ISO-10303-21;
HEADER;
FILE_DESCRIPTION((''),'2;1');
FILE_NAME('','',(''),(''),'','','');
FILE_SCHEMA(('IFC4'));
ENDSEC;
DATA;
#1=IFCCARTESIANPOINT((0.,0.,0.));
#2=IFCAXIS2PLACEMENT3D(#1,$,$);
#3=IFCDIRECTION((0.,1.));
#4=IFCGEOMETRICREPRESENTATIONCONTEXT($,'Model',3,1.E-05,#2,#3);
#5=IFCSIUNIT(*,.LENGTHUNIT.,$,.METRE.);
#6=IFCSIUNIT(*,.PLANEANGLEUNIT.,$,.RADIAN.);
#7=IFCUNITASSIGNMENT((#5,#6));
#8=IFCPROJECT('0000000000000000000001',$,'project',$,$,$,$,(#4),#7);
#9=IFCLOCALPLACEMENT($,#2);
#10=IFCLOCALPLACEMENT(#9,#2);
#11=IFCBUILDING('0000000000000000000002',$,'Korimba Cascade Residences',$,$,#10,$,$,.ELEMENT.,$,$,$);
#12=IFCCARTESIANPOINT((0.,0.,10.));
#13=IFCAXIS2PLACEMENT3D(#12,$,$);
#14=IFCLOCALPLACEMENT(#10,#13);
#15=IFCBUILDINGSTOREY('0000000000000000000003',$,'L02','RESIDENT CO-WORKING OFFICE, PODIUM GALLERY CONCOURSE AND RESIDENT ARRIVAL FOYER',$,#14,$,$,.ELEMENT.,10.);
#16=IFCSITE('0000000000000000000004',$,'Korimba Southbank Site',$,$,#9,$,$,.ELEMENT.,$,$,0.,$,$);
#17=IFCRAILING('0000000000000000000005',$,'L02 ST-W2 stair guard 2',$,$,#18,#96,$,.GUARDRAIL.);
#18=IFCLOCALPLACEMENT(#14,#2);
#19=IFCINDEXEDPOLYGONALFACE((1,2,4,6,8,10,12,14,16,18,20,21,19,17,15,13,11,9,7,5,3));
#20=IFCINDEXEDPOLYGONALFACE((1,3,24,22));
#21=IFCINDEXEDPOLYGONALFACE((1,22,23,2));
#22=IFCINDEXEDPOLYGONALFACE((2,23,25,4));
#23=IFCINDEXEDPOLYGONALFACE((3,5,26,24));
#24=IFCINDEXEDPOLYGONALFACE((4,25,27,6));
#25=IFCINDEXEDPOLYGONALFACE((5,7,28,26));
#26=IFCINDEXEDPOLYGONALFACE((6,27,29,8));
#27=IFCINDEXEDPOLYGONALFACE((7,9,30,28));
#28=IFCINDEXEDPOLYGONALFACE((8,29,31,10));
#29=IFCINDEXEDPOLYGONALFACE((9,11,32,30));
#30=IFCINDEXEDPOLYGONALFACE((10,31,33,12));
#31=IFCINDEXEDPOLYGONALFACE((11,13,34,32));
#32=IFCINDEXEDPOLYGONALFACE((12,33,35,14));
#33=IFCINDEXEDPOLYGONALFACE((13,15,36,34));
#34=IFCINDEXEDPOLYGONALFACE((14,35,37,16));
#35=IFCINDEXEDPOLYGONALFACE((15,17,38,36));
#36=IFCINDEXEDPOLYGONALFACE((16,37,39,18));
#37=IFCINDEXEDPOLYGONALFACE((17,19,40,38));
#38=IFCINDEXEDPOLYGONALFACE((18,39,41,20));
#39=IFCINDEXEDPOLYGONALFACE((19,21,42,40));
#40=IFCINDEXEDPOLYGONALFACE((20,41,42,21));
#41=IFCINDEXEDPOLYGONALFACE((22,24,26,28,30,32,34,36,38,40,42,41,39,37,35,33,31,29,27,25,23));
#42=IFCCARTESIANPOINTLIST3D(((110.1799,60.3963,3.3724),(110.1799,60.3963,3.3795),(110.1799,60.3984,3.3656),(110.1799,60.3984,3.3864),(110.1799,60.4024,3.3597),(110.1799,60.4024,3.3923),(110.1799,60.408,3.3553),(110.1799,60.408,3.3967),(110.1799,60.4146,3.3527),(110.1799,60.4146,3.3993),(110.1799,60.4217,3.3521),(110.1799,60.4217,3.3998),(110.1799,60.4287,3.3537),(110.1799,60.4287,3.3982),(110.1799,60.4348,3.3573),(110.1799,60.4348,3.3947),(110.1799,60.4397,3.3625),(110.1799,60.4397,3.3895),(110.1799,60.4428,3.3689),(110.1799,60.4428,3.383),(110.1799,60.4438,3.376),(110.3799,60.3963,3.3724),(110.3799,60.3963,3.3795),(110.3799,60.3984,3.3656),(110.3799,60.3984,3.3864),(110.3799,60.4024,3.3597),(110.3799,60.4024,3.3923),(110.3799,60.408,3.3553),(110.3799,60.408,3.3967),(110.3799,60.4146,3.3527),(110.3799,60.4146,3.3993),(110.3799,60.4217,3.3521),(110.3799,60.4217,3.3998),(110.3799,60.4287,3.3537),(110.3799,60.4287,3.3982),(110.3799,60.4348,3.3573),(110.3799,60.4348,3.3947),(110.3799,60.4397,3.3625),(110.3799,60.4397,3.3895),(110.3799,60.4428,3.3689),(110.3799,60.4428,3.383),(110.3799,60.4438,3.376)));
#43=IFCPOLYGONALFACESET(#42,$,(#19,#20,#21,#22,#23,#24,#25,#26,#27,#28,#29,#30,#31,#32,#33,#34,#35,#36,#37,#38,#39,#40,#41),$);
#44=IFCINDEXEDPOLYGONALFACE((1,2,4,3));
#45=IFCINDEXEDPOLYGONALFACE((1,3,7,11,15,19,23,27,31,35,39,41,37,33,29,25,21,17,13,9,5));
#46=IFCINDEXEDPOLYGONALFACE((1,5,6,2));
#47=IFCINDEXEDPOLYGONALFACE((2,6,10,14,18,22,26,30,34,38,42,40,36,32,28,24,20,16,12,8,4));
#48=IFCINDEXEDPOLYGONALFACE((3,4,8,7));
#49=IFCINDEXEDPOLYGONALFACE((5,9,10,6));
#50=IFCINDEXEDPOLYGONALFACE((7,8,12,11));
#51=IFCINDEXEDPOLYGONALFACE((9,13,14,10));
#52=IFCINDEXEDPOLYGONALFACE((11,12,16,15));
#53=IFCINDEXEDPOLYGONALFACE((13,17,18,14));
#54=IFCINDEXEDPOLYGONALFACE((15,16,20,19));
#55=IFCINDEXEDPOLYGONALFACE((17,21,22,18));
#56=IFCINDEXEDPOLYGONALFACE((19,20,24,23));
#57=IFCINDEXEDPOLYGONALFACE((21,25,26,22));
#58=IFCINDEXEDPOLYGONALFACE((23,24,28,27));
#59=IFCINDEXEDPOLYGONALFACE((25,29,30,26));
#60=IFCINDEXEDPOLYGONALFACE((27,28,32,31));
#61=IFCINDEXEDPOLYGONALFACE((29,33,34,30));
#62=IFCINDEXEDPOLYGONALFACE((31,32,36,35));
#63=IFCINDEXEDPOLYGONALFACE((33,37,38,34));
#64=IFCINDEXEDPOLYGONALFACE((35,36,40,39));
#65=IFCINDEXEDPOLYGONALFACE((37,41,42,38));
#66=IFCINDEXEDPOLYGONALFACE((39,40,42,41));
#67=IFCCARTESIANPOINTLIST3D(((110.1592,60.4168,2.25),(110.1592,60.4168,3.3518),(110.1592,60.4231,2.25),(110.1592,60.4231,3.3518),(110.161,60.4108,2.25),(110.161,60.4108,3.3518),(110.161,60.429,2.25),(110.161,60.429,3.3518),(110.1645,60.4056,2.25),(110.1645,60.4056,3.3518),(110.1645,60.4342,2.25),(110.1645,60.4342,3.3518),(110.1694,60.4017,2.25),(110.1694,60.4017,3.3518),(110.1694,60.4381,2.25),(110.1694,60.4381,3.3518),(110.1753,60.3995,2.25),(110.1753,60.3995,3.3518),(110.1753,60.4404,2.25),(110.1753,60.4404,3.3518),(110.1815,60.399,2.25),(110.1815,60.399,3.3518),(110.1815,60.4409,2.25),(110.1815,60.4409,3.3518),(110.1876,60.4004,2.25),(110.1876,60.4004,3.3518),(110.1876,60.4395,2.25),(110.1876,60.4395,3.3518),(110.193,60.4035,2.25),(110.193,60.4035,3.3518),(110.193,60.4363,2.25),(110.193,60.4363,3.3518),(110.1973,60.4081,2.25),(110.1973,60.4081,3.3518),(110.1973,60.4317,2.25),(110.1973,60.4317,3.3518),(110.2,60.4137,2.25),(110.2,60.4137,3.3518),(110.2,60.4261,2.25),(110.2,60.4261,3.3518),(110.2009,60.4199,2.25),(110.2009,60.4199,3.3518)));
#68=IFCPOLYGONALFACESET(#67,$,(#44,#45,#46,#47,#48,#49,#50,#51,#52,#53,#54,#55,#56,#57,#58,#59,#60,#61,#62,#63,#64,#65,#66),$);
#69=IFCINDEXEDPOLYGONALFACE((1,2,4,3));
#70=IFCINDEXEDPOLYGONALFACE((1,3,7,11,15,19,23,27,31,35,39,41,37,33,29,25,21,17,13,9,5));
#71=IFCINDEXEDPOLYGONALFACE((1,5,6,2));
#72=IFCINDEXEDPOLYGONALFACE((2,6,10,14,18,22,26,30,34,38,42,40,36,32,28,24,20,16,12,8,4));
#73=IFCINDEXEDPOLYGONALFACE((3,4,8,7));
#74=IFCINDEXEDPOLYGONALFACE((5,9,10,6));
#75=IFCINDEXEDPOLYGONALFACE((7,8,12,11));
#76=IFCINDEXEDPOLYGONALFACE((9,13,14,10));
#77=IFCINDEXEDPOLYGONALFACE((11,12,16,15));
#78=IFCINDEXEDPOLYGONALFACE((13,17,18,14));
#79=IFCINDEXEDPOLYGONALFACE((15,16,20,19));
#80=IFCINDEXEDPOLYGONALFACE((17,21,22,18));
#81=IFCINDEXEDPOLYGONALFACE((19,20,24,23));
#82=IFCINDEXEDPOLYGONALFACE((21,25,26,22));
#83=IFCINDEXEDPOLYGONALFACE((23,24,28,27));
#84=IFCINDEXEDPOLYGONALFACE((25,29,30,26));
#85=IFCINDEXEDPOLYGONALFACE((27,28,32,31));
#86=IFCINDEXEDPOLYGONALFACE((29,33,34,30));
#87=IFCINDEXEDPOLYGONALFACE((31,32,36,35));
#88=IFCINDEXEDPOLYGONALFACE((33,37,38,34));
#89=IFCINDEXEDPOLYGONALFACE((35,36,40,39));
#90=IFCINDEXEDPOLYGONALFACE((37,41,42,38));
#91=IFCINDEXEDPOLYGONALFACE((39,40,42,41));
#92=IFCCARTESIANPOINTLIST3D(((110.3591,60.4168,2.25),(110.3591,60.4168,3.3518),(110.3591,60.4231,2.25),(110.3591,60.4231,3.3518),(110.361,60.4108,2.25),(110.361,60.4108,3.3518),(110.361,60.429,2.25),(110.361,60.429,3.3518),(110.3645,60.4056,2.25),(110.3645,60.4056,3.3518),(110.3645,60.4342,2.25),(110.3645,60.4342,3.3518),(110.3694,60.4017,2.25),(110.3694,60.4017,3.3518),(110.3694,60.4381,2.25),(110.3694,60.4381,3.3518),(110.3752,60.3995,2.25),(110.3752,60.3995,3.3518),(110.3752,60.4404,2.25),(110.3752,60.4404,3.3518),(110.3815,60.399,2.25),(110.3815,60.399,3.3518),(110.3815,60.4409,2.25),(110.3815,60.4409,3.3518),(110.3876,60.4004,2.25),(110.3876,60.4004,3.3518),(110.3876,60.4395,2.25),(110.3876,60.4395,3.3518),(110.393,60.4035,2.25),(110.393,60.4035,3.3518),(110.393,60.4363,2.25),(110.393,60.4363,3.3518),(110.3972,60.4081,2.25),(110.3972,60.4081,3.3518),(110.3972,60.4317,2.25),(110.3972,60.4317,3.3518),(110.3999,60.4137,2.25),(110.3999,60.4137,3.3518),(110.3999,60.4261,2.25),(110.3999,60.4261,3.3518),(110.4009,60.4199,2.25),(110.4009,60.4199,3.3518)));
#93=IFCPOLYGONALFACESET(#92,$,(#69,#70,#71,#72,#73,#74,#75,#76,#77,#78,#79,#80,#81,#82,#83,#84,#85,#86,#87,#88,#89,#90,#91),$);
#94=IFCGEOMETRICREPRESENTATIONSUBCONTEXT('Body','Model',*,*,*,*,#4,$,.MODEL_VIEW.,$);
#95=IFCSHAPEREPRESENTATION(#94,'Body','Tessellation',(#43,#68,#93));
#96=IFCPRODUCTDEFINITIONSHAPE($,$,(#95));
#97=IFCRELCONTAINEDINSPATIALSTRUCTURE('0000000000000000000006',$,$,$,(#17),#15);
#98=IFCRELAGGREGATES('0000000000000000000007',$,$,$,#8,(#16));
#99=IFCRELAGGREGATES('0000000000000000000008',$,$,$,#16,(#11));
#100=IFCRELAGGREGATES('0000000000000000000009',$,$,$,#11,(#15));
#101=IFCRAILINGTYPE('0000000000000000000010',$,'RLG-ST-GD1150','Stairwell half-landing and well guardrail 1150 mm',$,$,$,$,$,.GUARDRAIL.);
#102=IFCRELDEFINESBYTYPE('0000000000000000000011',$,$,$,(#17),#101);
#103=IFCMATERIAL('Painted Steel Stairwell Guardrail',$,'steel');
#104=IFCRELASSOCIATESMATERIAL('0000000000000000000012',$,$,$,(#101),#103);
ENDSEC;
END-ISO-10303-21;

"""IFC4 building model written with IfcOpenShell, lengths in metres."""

from ifc_helpers import new_model, si_unit, direction, frame, origin, origin_2d, place, context, subcontext, project, spatial, circle, extrude, material, type_object, element, save


model = new_model("IFC4")

# Units and contexts
model_context = context("Model", 3, precision=1e-05, world=origin(), true_north=direction((0.0, 1.0)))
body_context = subcontext(model_context, "Body", "Model", "MODEL_VIEW")
ifc_project = project(units=[si_unit("LENGTHUNIT", "METRE"), si_unit("PLANEANGLEUNIT", "RADIAN")], contexts=[model_context])

# Site, building, storey
site_placement = place(None, origin())
site = spatial("IfcSite", under=ifc_project, at=site_placement, Name="Korimba Southbank Site", CompositionType="ELEMENT", RefElevation=0.0)
building_placement = place(site_placement, origin())
building = spatial("IfcBuilding", under=site, at=building_placement, Name="Korimba Cascade Residences", CompositionType="ELEMENT")
storey_placement = place(building_placement, frame((0.0, 0.0, 10.0)))
storey = spatial("IfcBuildingStorey", under=building, at=storey_placement, Name="L02", Description="RESIDENT CO-WORKING OFFICE, PODIUM GALLERY CONCOURSE AND RESIDENT ARRIVAL FOYER", CompositionType="ELEMENT", Elevation=10.0)

# Railing
ifc_material_1 = material(Name="Painted Steel Stairwell Guardrail", Category="steel")
railing_type_1 = type_object("IfcRailingType", Name="RLG-ST-GD1150", Description="Stairwell half-landing and well guardrail 1150 mm", PredefinedType="GUARDRAIL", material=ifc_material_1)
railing_1_placement = place(storey_placement, frame((110.1799, 60.4199, 2.25)))
element("IfcRailing", 1, at=railing_1_placement, inside=storey, type_object=railing_type_1, Name="L02 ST-W2 stair guard 2", PredefinedType="GUARDRAIL", context=body_context, shape_type="SweptSolid", body=[
    extrude(circle(Radius=0.0239, at=origin_2d()), frame((0.0, 0.0, 1.126), z_axis=(1.0, 0.0, 0.0), x_axis=(0.0, 1.0, 0.0)), (0.0, 0.0, 1.0), 0.2),
    extrude(circle(Radius=0.021, at=origin_2d()), origin(), (0.0, 0.0, 1.0), 1.1018),
    extrude(circle(Radius=0.021, at=origin_2d()), frame((0.2, 0.0, 0.0)), (0.0, 0.0, 1.0), 1.1018),
])

save(model, "model.ifc")
